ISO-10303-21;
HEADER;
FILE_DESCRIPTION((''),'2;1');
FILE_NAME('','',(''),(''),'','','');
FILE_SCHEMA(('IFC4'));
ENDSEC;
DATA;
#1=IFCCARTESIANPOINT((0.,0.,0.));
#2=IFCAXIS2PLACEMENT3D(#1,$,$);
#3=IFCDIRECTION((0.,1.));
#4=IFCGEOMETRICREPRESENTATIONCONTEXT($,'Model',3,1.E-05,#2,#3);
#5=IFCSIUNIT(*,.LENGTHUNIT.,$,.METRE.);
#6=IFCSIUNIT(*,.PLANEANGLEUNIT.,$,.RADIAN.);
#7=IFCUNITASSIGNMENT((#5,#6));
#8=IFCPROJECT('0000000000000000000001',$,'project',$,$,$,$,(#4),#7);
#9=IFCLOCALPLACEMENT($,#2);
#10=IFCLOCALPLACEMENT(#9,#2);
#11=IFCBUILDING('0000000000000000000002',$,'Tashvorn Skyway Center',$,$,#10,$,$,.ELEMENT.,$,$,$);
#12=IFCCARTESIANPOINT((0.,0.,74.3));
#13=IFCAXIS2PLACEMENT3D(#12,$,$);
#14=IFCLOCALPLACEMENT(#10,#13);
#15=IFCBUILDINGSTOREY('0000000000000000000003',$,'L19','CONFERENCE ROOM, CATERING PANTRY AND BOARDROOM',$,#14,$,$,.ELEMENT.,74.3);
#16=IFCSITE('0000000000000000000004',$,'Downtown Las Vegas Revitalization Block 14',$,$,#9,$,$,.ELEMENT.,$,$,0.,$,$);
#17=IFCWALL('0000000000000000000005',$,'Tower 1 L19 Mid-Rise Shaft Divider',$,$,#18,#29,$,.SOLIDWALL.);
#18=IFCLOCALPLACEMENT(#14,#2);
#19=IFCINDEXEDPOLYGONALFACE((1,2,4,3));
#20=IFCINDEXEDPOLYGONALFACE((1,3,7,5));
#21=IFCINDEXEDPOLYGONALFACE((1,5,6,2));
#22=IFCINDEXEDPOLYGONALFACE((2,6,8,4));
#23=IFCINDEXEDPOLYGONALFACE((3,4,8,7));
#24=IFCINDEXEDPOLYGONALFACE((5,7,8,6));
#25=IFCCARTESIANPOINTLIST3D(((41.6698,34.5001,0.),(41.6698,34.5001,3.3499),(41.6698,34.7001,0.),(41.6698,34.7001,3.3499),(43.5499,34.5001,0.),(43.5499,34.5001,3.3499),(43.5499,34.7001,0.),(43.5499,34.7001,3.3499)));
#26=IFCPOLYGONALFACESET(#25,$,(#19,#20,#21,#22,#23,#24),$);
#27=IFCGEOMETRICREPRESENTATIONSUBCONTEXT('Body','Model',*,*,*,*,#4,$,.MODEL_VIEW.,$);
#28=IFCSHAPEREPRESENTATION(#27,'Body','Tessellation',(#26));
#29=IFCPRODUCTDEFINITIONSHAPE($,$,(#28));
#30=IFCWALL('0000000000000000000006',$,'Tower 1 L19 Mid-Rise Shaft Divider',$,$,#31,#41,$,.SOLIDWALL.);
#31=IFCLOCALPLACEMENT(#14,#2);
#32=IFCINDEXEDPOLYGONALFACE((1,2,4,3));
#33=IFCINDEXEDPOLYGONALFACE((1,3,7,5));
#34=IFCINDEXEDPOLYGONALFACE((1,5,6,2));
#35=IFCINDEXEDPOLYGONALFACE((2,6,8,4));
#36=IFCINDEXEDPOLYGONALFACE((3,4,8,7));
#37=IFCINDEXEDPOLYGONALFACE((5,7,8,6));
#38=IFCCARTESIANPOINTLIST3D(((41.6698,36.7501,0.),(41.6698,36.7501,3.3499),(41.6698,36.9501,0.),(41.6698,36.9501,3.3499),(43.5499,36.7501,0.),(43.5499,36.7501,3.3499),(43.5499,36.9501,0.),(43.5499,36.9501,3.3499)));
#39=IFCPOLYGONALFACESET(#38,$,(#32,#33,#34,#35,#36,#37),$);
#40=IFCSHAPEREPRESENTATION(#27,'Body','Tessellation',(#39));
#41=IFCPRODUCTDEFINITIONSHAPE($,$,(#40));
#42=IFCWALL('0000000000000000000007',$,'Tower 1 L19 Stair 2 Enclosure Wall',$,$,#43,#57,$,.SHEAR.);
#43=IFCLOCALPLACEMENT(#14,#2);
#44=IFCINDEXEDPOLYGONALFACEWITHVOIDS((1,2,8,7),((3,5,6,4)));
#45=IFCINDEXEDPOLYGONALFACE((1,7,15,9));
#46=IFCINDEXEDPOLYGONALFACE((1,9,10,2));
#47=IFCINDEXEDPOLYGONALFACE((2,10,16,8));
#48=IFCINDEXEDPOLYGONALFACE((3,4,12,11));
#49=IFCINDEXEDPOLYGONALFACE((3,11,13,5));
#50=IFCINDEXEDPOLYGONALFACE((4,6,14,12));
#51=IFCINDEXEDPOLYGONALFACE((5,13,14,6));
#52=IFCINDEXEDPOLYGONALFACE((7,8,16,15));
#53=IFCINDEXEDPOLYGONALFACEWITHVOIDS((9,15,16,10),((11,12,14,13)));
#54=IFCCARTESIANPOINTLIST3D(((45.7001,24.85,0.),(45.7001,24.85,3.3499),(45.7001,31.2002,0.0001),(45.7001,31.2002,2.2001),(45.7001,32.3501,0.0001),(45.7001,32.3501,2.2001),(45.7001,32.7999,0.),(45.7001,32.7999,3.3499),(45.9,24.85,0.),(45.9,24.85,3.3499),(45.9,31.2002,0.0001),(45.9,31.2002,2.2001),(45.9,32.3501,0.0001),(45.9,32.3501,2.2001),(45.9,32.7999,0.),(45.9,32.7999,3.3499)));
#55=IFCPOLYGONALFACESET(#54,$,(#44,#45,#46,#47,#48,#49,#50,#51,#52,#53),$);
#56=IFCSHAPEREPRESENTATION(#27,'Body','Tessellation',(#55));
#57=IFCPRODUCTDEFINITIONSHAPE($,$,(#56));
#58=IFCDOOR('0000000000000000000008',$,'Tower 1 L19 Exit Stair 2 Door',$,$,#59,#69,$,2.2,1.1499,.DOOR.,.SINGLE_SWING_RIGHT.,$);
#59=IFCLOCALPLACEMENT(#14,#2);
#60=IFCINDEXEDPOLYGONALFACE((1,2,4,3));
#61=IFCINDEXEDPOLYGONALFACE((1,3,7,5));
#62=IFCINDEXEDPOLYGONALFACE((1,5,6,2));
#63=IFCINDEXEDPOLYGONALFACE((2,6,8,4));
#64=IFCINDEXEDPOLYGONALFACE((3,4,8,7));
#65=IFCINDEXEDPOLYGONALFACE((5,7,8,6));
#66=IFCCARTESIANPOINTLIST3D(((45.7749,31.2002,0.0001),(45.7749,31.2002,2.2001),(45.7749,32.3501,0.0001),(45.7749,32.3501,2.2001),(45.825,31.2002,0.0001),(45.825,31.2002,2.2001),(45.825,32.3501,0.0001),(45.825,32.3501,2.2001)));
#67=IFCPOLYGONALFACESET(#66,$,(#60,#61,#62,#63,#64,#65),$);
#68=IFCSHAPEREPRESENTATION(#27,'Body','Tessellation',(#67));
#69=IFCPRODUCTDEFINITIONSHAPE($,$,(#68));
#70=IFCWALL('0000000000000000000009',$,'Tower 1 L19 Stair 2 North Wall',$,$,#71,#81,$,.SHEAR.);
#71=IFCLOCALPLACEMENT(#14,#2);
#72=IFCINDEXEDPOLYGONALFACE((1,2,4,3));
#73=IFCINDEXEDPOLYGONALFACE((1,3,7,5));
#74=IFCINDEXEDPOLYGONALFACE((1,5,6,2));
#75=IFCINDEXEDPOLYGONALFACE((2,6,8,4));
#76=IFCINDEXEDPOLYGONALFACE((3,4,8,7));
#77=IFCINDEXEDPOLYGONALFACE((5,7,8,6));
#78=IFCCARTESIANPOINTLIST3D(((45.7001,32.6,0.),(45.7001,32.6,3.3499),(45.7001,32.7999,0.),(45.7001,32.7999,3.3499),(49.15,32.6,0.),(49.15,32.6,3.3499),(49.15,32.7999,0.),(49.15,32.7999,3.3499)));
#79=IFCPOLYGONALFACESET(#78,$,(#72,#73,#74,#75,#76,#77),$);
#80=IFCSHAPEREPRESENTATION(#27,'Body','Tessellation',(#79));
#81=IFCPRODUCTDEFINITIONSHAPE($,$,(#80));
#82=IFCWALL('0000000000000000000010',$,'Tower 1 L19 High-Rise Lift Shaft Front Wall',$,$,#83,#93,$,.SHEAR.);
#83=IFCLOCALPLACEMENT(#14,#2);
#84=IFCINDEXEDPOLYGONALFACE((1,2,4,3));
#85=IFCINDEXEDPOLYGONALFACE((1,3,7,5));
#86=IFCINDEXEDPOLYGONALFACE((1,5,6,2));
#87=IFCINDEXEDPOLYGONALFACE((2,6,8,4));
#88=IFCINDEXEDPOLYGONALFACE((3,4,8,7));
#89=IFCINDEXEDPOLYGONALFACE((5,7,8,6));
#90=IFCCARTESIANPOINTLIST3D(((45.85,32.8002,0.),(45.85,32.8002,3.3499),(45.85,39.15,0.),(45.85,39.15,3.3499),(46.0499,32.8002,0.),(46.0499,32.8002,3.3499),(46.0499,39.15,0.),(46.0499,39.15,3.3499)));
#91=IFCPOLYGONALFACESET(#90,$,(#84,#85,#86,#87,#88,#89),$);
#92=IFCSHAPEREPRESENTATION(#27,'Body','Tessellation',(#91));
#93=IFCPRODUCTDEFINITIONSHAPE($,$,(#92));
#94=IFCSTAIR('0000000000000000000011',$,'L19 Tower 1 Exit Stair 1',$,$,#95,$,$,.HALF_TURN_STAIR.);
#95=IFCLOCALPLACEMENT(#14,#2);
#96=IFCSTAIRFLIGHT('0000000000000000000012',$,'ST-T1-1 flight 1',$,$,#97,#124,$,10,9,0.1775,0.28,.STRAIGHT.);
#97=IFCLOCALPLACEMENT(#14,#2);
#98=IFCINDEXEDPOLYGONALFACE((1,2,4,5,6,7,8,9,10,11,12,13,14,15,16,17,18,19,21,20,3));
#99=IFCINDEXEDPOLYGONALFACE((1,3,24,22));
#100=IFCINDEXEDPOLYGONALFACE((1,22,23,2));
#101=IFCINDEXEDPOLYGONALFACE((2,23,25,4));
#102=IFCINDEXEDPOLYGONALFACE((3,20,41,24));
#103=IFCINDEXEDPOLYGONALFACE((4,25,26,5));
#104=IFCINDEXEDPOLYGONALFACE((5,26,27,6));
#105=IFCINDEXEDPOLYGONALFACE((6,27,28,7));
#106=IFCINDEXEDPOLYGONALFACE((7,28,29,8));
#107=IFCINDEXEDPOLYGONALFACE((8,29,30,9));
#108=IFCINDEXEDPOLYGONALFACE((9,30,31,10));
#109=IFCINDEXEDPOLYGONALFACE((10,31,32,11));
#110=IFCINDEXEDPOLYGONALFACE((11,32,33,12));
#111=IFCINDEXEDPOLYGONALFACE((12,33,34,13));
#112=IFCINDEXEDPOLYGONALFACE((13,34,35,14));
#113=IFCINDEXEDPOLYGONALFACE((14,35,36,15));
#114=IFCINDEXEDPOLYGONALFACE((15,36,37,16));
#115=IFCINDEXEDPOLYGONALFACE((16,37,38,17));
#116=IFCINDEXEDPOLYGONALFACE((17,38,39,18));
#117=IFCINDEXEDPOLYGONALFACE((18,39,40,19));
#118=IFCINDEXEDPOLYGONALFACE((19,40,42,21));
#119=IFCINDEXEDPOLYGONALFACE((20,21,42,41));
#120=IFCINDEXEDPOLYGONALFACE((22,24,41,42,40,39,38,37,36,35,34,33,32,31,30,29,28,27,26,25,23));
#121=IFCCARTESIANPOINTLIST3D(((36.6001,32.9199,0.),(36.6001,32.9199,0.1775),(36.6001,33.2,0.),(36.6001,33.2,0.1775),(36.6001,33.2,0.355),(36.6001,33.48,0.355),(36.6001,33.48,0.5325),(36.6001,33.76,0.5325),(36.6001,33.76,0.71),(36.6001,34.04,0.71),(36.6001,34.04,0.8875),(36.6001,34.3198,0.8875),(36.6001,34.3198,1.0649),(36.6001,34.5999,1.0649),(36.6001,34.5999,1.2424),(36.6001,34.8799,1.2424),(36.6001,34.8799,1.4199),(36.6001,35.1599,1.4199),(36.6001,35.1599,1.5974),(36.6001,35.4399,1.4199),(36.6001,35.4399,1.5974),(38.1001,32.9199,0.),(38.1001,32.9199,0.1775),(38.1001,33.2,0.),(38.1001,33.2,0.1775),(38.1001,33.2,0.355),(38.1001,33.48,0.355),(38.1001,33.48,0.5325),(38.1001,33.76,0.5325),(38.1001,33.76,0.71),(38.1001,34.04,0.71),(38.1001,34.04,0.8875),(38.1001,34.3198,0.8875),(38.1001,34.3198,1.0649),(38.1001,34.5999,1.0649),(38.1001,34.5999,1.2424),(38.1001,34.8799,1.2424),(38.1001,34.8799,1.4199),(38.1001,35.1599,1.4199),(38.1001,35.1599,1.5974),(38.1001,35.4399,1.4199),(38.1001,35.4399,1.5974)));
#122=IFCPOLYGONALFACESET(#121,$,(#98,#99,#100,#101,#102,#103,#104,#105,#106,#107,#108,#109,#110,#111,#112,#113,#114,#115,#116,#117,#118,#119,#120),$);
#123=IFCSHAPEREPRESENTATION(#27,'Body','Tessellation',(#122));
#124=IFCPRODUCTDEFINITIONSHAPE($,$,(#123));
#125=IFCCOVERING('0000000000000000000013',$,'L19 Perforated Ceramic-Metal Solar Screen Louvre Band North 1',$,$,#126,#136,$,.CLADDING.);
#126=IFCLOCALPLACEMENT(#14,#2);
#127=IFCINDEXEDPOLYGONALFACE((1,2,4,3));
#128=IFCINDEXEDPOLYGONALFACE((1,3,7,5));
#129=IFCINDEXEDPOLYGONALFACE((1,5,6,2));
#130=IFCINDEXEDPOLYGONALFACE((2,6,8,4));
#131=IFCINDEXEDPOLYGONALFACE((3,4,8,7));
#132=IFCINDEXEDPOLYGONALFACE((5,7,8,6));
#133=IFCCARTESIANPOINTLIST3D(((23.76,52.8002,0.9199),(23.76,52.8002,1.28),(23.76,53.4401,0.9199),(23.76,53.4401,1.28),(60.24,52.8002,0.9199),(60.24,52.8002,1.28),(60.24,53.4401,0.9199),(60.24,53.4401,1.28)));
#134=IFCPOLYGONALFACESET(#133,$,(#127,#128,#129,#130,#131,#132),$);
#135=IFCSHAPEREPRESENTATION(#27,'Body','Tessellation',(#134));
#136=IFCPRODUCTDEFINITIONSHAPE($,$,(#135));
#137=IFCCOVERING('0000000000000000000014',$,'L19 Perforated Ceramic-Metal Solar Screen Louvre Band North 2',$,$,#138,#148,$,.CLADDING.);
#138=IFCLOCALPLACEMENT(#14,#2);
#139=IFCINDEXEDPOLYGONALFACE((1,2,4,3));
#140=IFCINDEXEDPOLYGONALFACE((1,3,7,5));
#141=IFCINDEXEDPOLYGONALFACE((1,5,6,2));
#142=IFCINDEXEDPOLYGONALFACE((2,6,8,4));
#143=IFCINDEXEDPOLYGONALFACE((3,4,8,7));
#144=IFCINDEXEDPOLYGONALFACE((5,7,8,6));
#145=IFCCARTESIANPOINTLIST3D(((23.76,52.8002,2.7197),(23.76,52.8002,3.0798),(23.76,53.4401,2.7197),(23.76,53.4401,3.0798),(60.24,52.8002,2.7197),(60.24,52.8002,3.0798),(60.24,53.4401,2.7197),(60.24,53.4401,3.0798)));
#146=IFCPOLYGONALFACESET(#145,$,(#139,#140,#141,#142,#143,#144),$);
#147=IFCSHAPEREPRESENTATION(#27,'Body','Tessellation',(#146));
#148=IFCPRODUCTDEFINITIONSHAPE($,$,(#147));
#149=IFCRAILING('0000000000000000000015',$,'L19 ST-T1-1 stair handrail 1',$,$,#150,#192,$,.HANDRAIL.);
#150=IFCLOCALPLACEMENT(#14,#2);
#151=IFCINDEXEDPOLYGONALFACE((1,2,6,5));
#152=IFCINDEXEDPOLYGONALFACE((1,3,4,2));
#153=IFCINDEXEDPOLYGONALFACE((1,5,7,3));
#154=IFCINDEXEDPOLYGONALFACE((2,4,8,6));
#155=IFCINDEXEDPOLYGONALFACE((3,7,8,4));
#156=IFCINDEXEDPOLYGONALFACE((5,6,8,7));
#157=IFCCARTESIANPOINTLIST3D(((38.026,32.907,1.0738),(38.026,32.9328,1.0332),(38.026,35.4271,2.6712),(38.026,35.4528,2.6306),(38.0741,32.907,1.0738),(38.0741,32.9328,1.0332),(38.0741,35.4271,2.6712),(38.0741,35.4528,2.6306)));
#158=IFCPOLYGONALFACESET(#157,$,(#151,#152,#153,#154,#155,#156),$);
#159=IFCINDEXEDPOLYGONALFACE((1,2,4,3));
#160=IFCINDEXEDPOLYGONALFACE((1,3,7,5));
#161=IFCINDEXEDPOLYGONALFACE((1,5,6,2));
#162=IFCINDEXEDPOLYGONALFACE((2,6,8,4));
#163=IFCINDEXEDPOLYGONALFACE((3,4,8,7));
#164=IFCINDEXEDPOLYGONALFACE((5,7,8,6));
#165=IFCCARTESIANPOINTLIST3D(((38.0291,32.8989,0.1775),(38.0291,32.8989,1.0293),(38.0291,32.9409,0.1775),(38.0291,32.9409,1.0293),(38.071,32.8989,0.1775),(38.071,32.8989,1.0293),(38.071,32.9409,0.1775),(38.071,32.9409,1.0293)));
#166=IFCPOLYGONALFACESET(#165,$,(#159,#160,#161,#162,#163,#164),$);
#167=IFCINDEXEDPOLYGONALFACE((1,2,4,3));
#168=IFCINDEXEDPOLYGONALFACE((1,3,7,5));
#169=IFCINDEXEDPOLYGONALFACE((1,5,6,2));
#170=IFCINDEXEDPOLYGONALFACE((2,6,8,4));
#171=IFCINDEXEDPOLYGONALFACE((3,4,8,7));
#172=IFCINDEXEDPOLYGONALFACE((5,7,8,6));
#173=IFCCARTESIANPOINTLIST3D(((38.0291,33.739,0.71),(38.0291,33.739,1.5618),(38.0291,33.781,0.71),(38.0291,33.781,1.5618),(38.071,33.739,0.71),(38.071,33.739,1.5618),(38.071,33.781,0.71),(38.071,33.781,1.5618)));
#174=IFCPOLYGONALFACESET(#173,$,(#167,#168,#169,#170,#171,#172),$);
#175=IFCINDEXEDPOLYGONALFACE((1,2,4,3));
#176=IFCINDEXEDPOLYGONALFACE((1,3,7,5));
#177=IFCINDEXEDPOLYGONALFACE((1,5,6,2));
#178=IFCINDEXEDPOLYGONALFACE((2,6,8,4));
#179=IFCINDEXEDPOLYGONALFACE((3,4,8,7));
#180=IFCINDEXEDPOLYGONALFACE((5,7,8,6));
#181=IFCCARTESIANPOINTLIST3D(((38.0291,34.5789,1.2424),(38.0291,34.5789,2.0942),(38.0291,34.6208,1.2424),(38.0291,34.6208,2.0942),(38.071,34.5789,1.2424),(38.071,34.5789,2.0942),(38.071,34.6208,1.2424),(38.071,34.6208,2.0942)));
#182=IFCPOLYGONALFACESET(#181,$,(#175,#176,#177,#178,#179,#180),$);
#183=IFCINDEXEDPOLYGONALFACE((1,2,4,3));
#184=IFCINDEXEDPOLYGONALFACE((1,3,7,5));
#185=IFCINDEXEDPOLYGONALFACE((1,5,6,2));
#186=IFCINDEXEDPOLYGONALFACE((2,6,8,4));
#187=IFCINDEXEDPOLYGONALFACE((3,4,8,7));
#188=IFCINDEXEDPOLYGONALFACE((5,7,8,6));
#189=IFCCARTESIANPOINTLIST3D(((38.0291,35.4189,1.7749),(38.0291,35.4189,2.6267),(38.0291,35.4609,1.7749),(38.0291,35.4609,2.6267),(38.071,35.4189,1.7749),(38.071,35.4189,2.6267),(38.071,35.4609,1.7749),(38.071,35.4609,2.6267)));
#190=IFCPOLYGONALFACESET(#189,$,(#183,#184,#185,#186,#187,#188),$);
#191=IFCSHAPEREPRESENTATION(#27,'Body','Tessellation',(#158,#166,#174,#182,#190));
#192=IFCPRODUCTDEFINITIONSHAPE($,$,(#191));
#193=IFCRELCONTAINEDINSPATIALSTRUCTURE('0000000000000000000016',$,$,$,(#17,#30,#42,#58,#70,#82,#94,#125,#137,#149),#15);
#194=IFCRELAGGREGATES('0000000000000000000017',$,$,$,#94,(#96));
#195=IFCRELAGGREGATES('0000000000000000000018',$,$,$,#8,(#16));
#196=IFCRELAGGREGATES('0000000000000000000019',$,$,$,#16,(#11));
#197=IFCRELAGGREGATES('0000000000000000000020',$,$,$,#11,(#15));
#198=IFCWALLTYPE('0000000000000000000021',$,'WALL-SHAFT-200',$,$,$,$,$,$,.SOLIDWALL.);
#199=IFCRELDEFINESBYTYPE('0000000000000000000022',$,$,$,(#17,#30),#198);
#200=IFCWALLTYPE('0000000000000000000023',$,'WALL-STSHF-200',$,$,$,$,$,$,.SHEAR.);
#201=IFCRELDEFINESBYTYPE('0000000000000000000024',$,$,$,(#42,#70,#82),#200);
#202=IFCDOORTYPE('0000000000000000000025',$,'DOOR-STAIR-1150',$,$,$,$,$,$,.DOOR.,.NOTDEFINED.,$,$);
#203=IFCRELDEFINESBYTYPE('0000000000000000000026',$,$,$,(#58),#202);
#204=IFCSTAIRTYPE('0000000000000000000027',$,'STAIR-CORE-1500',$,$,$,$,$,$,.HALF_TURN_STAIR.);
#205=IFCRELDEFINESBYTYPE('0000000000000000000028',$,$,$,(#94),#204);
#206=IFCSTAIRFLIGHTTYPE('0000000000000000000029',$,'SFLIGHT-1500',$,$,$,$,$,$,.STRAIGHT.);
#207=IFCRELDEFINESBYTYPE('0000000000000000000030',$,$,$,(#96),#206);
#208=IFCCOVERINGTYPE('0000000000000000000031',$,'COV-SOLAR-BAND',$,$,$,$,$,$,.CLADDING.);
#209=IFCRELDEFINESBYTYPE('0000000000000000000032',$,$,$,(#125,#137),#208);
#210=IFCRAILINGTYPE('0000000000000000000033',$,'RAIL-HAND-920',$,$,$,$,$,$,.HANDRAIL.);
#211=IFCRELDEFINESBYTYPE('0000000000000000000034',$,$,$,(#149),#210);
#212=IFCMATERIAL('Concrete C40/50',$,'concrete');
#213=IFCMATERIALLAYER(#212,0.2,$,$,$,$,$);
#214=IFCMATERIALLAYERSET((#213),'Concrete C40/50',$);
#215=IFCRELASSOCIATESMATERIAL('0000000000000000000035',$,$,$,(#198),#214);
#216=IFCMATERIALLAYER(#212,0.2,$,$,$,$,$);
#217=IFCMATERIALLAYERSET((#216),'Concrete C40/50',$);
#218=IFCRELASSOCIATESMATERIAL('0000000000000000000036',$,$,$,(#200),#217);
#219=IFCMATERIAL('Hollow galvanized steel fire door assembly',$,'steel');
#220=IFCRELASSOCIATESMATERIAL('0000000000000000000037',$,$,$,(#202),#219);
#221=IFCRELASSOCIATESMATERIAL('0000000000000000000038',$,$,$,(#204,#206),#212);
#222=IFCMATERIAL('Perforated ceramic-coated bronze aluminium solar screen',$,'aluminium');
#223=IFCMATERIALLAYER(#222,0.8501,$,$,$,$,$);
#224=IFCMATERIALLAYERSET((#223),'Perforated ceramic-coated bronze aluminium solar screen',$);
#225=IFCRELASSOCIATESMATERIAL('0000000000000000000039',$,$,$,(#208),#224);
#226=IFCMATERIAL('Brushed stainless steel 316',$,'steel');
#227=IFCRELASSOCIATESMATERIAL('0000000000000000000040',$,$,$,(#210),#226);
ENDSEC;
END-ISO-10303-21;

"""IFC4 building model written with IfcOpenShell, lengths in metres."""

from ifc_helpers import new_model, si_unit, direction, frame, frame_2d, origin, origin_2d, place, context, subcontext, project, spatial, polyline, rectangle, outline, extrude, material, layer, layer_set, type_object, element, fill, aggregate, save


model = new_model("IFC4")

# Units and contexts
model_context = context("Model", 3, precision=1e-05, world=origin(), true_north=direction((0.0, 1.0)))
body_context = subcontext(model_context, "Body", "Model", "MODEL_VIEW")
ifc_project = project(units=[si_unit("LENGTHUNIT", "METRE"), si_unit("PLANEANGLEUNIT", "RADIAN")], contexts=[model_context])

# Site, building, storey
site_placement = place(None, origin())
site = spatial("IfcSite", under=ifc_project, at=site_placement, Name="Downtown Las Vegas Revitalization Block 14", CompositionType="ELEMENT", RefElevation=0.0)
building_placement = place(site_placement, origin())
building = spatial("IfcBuilding", under=site, at=building_placement, Name="Tashvorn Skyway Center", CompositionType="ELEMENT")
storey_placement = place(building_placement, frame((0.0, 0.0, 74.3)))
storey = spatial("IfcBuildingStorey", under=building, at=storey_placement, Name="L19", Description="CONFERENCE ROOM, CATERING PANTRY AND BOARDROOM", CompositionType="ELEMENT", Elevation=74.3)

# Shared definitions
ifc_material_1 = material(Name="Concrete C40/50", Category="concrete")
ifc_material_2 = material(Name="Hollow galvanized steel fire door assembly", Category="steel")

# Walls
ifc_layer_1 = layer(ifc_material_1, 0.2)
ifc_layer_set_1 = layer_set([ifc_layer_1], Name="Concrete C40/50")
wall_type_1 = type_object("IfcWallType", Name="WALL-SHAFT-200", PredefinedType="SOLIDWALL", material=ifc_layer_set_1)
for number, where, z_axis, x_axis, name in (
    (1, (41.6699, 34.6001, 0.0), (0.0, 0.0, 1.0), (1.0, 0.0, 0.0), "Tower 1 L19 Mid-Rise Shaft Divider"),
    (2, (41.6699, 36.8501, 0.0), (0.0, 0.0, 1.0), (1.0, 0.0, 0.0), "Tower 1 L19 Mid-Rise Shaft Divider"),
):
    element("IfcWall", number, at=place(storey_placement, frame(where, z_axis=z_axis, x_axis=x_axis)), inside=storey, type_object=wall_type_1, Name=name, PredefinedType="SOLIDWALL", context=body_context, shape_type="SweptSolid", body=[
        extrude(rectangle(XDim=1.8801, YDim=0.2, at=frame_2d((0.9399, 0.0))), origin(), (0.0, 0.0, 1.0), 3.3499),
    ])

# Wall, opening, door
ifc_layer_2 = layer(ifc_material_1, 0.2)
ifc_layer_set_2 = layer_set([ifc_layer_2], Name="Concrete C40/50")
wall_type_2 = type_object("IfcWallType", Name="WALL-STSHF-200", PredefinedType="SHEAR", material=ifc_layer_set_2)
wall_1_placement = place(storey_placement, frame((45.8, 32.8, 0.0), z_axis=(0.0, 0.0, 1.0), x_axis=(0.0, -1.0, 0.0)))
wall_1 = element("IfcWall", 3, at=wall_1_placement, inside=storey, type_object=wall_type_2, Name="Tower 1 L19 Stair 2 Enclosure Wall", PredefinedType="SHEAR", context=body_context, shape_type="SweptSolid", body=[
    extrude(rectangle(XDim=7.95, YDim=0.2, at=frame_2d((3.9751, 0.0))), origin(), (0.0, 0.0, 1.0), 3.3499),
])
opening_1_placement = place(wall_1_placement, frame((0.45, 0.0, 0.0)))
opening_1 = element("IfcOpeningElement", 4, at=opening_1_placement, cuts=wall_1, PredefinedType="OPENING", context=body_context, shape_type="SweptSolid", body=[
    extrude(rectangle(XDim=1.1499, YDim=2.2, at=frame_2d((0.575, 1.1001))), frame((0.0, 0.1099, 0.0), z_axis=(0.0, -1.0, 0.0), x_axis=(1.0, 0.0, 0.0)), (0.0, 0.0, 1.0), 0.22),
])
door_type_1 = type_object("IfcDoorType", Name="DOOR-STAIR-1150", OperationType="NOTDEFINED", PredefinedType="DOOR", material=ifc_material_2)
door_1_placement = place(opening_1_placement, origin())
door_1 = element("IfcDoor", 5, at=door_1_placement, inside=storey, type_object=door_type_1, Name="Tower 1 L19 Exit Stair 2 Door", OperationType="SINGLE_SWING_RIGHT", OverallHeight=2.2, OverallWidth=1.1499, PredefinedType="DOOR", context=body_context, shape_type="SweptSolid", body=[
    extrude(rectangle(XDim=1.1499, YDim=2.2, at=frame_2d((0.575, 1.1001))), frame((0.0, 0.0249, 0.0), z_axis=(0.0, -1.0, 0.0), x_axis=(1.0, 0.0, 0.0)), (0.0, 0.0, 1.0), 0.05),
])
fill(opening_1, door_1)

# Walls
wall_2_placement = place(storey_placement, frame((45.7, 32.7, 0.0), z_axis=(0.0, 0.0, 1.0), x_axis=(1.0, 0.0, 0.0)))
element("IfcWall", 6, at=wall_2_placement, inside=storey, type_object=wall_type_2, Name="Tower 1 L19 Stair 2 North Wall", PredefinedType="SHEAR", context=body_context, shape_type="SweptSolid", body=[
    extrude(rectangle(XDim=3.45, YDim=0.2, at=frame_2d((1.7251, 0.0))), origin(), (0.0, 0.0, 1.0), 3.3499),
])
wall_3_placement = place(storey_placement, frame((45.95, 39.1499, 0.0), z_axis=(0.0, 0.0, 1.0), x_axis=(0.0, -1.0, 0.0)))
element("IfcWall", 7, at=wall_3_placement, inside=storey, type_object=wall_type_2, Name="Tower 1 L19 High-Rise Lift Shaft Front Wall", PredefinedType="SHEAR", context=body_context, shape_type="SweptSolid", body=[
    extrude(rectangle(XDim=6.3499, YDim=0.2, at=frame_2d((3.1748, 0.0))), origin(), (0.0, 0.0, 1.0), 3.3499),
])

# Stair, stair flight
stair_type = type_object("IfcStairType", Name="STAIR-CORE-1500", PredefinedType="HALF_TURN_STAIR", material=ifc_material_1)
stair_placement = place(storey_placement, origin())
stair = element("IfcStair", 8, at=stair_placement, inside=storey, type_object=stair_type, Name="L19 Tower 1 Exit Stair 1", PredefinedType="HALF_TURN_STAIR")
stair_flight_type = type_object("IfcStairFlightType", Name="SFLIGHT-1500", PredefinedType="STRAIGHT", material=ifc_material_1)
stair_flight_placement = place(storey_placement, frame((37.3501, 32.9199, 0.0), z_axis=(0.0, 0.0, 1.0), x_axis=(0.0, 1.0, 0.0)))
stair_flight = element("IfcStairFlight", 9, at=stair_flight_placement, type_object=stair_flight_type, Name="ST-T1-1 flight 1", NumberOfRisers=10, NumberOfTreads=9, PredefinedType="STRAIGHT", RiserHeight=0.1775, TreadLength=0.28, context=body_context, shape_type="SweptSolid", body=[
    extrude(outline(polyline([(0.0, 0.0), (0.0, 0.1775), (0.28, 0.1775), (0.28, 0.355), (0.5601, 0.355), (0.5601, 0.5325), (0.8401, 0.5325), (0.8401, 0.71), (1.1201, 0.71), (1.1201, 0.8875), (1.3999, 0.8875), (1.3999, 1.0649), (1.6799, 1.0649), (1.6799, 1.2424), (1.96, 1.2424), (1.96, 1.4199), (2.24, 1.4199), (2.24, 1.5974), (2.52, 1.5974), (2.52, 1.7749), (2.52, 1.4199), (0.28, 0.0), (0.0, 0.0)])), frame((0.0, 0.75, 0.0), z_axis=(0.0, -1.0, 0.0), x_axis=(1.0, 0.0, 0.0)), (0.0, 0.0, 1.0), 1.5),
])
aggregate(stair, [stair_flight])

# Coverings
ifc_material_3 = material(Name="Perforated ceramic-coated bronze aluminium solar screen", Category="aluminium")
ifc_layer_3 = layer(ifc_material_3, 0.8501)
ifc_layer_set_3 = layer_set([ifc_layer_3], Name="Perforated ceramic-coated bronze aluminium solar screen")
covering_type = type_object("IfcCoveringType", Name="COV-SOLAR-BAND", PredefinedType="CLADDING", material=ifc_layer_set_3)
for number, where, z_axis, x_axis, name in (
    (10, (42.0, 53.1201, 0.9199), (0.0, 0.0, 1.0), (1.0, 0.0, 0.0), "L19 Perforated Ceramic-Metal Solar Screen Louvre Band North 1"),
    (11, (42.0, 53.1201, 2.7197), (0.0, 0.0, 1.0), (1.0, 0.0, 0.0), "L19 Perforated Ceramic-Metal Solar Screen Louvre Band North 2"),
):
    element("IfcCovering", number, at=place(storey_placement, frame(where, z_axis=z_axis, x_axis=x_axis)), inside=storey, type_object=covering_type, Name=name, PredefinedType="CLADDING", context=body_context, shape_type="SweptSolid", body=[
        extrude(rectangle(XDim=36.48, YDim=0.6399, at=origin_2d()), origin(), (0.0, 0.0, 1.0), 0.3601),
    ])

# Railing
ifc_material_4 = material(Name="Brushed stainless steel 316", Category="steel")
railing_type_1 = type_object("IfcRailingType", Name="RAIL-HAND-920", PredefinedType="HANDRAIL", material=ifc_material_4)
railing_1_placement = place(storey_placement, frame((38.05, 32.9199, 0.1775)))
element("IfcRailing", 12, at=railing_1_placement, inside=storey, type_object=railing_type_1, Name="L19 ST-T1-1 stair handrail 1", PredefinedType="HANDRAIL", context=body_context, shape_type="SweptSolid", body=[
    extrude(rectangle(XDim=0.0481, YDim=0.0481, at=origin_2d()), frame((0.0, 0.0, 0.876), z_axis=(0.0, 0.844607, 0.535387), x_axis=(-1.0, 0.0, 0.0)), (0.0, 0.0, 1.0), 2.9836),
    extrude(rectangle(XDim=0.042, YDim=0.042, at=origin_2d()), origin(), (0.0, 0.0, 1.0), 0.8518),
    extrude(rectangle(XDim=0.042, YDim=0.042, at=origin_2d()), frame((0.0, 0.8401, 0.5325)), (0.0, 0.0, 1.0), 0.8518),
    extrude(rectangle(XDim=0.042, YDim=0.042, at=origin_2d()), frame((0.0, 1.6799, 1.0649)), (0.0, 0.0, 1.0), 0.8518),
    extrude(rectangle(XDim=0.042, YDim=0.042, at=origin_2d()), frame((0.0, 2.52, 1.5974)), (0.0, 0.0, 1.0), 0.8518),
])

save(model, "model.ifc")
